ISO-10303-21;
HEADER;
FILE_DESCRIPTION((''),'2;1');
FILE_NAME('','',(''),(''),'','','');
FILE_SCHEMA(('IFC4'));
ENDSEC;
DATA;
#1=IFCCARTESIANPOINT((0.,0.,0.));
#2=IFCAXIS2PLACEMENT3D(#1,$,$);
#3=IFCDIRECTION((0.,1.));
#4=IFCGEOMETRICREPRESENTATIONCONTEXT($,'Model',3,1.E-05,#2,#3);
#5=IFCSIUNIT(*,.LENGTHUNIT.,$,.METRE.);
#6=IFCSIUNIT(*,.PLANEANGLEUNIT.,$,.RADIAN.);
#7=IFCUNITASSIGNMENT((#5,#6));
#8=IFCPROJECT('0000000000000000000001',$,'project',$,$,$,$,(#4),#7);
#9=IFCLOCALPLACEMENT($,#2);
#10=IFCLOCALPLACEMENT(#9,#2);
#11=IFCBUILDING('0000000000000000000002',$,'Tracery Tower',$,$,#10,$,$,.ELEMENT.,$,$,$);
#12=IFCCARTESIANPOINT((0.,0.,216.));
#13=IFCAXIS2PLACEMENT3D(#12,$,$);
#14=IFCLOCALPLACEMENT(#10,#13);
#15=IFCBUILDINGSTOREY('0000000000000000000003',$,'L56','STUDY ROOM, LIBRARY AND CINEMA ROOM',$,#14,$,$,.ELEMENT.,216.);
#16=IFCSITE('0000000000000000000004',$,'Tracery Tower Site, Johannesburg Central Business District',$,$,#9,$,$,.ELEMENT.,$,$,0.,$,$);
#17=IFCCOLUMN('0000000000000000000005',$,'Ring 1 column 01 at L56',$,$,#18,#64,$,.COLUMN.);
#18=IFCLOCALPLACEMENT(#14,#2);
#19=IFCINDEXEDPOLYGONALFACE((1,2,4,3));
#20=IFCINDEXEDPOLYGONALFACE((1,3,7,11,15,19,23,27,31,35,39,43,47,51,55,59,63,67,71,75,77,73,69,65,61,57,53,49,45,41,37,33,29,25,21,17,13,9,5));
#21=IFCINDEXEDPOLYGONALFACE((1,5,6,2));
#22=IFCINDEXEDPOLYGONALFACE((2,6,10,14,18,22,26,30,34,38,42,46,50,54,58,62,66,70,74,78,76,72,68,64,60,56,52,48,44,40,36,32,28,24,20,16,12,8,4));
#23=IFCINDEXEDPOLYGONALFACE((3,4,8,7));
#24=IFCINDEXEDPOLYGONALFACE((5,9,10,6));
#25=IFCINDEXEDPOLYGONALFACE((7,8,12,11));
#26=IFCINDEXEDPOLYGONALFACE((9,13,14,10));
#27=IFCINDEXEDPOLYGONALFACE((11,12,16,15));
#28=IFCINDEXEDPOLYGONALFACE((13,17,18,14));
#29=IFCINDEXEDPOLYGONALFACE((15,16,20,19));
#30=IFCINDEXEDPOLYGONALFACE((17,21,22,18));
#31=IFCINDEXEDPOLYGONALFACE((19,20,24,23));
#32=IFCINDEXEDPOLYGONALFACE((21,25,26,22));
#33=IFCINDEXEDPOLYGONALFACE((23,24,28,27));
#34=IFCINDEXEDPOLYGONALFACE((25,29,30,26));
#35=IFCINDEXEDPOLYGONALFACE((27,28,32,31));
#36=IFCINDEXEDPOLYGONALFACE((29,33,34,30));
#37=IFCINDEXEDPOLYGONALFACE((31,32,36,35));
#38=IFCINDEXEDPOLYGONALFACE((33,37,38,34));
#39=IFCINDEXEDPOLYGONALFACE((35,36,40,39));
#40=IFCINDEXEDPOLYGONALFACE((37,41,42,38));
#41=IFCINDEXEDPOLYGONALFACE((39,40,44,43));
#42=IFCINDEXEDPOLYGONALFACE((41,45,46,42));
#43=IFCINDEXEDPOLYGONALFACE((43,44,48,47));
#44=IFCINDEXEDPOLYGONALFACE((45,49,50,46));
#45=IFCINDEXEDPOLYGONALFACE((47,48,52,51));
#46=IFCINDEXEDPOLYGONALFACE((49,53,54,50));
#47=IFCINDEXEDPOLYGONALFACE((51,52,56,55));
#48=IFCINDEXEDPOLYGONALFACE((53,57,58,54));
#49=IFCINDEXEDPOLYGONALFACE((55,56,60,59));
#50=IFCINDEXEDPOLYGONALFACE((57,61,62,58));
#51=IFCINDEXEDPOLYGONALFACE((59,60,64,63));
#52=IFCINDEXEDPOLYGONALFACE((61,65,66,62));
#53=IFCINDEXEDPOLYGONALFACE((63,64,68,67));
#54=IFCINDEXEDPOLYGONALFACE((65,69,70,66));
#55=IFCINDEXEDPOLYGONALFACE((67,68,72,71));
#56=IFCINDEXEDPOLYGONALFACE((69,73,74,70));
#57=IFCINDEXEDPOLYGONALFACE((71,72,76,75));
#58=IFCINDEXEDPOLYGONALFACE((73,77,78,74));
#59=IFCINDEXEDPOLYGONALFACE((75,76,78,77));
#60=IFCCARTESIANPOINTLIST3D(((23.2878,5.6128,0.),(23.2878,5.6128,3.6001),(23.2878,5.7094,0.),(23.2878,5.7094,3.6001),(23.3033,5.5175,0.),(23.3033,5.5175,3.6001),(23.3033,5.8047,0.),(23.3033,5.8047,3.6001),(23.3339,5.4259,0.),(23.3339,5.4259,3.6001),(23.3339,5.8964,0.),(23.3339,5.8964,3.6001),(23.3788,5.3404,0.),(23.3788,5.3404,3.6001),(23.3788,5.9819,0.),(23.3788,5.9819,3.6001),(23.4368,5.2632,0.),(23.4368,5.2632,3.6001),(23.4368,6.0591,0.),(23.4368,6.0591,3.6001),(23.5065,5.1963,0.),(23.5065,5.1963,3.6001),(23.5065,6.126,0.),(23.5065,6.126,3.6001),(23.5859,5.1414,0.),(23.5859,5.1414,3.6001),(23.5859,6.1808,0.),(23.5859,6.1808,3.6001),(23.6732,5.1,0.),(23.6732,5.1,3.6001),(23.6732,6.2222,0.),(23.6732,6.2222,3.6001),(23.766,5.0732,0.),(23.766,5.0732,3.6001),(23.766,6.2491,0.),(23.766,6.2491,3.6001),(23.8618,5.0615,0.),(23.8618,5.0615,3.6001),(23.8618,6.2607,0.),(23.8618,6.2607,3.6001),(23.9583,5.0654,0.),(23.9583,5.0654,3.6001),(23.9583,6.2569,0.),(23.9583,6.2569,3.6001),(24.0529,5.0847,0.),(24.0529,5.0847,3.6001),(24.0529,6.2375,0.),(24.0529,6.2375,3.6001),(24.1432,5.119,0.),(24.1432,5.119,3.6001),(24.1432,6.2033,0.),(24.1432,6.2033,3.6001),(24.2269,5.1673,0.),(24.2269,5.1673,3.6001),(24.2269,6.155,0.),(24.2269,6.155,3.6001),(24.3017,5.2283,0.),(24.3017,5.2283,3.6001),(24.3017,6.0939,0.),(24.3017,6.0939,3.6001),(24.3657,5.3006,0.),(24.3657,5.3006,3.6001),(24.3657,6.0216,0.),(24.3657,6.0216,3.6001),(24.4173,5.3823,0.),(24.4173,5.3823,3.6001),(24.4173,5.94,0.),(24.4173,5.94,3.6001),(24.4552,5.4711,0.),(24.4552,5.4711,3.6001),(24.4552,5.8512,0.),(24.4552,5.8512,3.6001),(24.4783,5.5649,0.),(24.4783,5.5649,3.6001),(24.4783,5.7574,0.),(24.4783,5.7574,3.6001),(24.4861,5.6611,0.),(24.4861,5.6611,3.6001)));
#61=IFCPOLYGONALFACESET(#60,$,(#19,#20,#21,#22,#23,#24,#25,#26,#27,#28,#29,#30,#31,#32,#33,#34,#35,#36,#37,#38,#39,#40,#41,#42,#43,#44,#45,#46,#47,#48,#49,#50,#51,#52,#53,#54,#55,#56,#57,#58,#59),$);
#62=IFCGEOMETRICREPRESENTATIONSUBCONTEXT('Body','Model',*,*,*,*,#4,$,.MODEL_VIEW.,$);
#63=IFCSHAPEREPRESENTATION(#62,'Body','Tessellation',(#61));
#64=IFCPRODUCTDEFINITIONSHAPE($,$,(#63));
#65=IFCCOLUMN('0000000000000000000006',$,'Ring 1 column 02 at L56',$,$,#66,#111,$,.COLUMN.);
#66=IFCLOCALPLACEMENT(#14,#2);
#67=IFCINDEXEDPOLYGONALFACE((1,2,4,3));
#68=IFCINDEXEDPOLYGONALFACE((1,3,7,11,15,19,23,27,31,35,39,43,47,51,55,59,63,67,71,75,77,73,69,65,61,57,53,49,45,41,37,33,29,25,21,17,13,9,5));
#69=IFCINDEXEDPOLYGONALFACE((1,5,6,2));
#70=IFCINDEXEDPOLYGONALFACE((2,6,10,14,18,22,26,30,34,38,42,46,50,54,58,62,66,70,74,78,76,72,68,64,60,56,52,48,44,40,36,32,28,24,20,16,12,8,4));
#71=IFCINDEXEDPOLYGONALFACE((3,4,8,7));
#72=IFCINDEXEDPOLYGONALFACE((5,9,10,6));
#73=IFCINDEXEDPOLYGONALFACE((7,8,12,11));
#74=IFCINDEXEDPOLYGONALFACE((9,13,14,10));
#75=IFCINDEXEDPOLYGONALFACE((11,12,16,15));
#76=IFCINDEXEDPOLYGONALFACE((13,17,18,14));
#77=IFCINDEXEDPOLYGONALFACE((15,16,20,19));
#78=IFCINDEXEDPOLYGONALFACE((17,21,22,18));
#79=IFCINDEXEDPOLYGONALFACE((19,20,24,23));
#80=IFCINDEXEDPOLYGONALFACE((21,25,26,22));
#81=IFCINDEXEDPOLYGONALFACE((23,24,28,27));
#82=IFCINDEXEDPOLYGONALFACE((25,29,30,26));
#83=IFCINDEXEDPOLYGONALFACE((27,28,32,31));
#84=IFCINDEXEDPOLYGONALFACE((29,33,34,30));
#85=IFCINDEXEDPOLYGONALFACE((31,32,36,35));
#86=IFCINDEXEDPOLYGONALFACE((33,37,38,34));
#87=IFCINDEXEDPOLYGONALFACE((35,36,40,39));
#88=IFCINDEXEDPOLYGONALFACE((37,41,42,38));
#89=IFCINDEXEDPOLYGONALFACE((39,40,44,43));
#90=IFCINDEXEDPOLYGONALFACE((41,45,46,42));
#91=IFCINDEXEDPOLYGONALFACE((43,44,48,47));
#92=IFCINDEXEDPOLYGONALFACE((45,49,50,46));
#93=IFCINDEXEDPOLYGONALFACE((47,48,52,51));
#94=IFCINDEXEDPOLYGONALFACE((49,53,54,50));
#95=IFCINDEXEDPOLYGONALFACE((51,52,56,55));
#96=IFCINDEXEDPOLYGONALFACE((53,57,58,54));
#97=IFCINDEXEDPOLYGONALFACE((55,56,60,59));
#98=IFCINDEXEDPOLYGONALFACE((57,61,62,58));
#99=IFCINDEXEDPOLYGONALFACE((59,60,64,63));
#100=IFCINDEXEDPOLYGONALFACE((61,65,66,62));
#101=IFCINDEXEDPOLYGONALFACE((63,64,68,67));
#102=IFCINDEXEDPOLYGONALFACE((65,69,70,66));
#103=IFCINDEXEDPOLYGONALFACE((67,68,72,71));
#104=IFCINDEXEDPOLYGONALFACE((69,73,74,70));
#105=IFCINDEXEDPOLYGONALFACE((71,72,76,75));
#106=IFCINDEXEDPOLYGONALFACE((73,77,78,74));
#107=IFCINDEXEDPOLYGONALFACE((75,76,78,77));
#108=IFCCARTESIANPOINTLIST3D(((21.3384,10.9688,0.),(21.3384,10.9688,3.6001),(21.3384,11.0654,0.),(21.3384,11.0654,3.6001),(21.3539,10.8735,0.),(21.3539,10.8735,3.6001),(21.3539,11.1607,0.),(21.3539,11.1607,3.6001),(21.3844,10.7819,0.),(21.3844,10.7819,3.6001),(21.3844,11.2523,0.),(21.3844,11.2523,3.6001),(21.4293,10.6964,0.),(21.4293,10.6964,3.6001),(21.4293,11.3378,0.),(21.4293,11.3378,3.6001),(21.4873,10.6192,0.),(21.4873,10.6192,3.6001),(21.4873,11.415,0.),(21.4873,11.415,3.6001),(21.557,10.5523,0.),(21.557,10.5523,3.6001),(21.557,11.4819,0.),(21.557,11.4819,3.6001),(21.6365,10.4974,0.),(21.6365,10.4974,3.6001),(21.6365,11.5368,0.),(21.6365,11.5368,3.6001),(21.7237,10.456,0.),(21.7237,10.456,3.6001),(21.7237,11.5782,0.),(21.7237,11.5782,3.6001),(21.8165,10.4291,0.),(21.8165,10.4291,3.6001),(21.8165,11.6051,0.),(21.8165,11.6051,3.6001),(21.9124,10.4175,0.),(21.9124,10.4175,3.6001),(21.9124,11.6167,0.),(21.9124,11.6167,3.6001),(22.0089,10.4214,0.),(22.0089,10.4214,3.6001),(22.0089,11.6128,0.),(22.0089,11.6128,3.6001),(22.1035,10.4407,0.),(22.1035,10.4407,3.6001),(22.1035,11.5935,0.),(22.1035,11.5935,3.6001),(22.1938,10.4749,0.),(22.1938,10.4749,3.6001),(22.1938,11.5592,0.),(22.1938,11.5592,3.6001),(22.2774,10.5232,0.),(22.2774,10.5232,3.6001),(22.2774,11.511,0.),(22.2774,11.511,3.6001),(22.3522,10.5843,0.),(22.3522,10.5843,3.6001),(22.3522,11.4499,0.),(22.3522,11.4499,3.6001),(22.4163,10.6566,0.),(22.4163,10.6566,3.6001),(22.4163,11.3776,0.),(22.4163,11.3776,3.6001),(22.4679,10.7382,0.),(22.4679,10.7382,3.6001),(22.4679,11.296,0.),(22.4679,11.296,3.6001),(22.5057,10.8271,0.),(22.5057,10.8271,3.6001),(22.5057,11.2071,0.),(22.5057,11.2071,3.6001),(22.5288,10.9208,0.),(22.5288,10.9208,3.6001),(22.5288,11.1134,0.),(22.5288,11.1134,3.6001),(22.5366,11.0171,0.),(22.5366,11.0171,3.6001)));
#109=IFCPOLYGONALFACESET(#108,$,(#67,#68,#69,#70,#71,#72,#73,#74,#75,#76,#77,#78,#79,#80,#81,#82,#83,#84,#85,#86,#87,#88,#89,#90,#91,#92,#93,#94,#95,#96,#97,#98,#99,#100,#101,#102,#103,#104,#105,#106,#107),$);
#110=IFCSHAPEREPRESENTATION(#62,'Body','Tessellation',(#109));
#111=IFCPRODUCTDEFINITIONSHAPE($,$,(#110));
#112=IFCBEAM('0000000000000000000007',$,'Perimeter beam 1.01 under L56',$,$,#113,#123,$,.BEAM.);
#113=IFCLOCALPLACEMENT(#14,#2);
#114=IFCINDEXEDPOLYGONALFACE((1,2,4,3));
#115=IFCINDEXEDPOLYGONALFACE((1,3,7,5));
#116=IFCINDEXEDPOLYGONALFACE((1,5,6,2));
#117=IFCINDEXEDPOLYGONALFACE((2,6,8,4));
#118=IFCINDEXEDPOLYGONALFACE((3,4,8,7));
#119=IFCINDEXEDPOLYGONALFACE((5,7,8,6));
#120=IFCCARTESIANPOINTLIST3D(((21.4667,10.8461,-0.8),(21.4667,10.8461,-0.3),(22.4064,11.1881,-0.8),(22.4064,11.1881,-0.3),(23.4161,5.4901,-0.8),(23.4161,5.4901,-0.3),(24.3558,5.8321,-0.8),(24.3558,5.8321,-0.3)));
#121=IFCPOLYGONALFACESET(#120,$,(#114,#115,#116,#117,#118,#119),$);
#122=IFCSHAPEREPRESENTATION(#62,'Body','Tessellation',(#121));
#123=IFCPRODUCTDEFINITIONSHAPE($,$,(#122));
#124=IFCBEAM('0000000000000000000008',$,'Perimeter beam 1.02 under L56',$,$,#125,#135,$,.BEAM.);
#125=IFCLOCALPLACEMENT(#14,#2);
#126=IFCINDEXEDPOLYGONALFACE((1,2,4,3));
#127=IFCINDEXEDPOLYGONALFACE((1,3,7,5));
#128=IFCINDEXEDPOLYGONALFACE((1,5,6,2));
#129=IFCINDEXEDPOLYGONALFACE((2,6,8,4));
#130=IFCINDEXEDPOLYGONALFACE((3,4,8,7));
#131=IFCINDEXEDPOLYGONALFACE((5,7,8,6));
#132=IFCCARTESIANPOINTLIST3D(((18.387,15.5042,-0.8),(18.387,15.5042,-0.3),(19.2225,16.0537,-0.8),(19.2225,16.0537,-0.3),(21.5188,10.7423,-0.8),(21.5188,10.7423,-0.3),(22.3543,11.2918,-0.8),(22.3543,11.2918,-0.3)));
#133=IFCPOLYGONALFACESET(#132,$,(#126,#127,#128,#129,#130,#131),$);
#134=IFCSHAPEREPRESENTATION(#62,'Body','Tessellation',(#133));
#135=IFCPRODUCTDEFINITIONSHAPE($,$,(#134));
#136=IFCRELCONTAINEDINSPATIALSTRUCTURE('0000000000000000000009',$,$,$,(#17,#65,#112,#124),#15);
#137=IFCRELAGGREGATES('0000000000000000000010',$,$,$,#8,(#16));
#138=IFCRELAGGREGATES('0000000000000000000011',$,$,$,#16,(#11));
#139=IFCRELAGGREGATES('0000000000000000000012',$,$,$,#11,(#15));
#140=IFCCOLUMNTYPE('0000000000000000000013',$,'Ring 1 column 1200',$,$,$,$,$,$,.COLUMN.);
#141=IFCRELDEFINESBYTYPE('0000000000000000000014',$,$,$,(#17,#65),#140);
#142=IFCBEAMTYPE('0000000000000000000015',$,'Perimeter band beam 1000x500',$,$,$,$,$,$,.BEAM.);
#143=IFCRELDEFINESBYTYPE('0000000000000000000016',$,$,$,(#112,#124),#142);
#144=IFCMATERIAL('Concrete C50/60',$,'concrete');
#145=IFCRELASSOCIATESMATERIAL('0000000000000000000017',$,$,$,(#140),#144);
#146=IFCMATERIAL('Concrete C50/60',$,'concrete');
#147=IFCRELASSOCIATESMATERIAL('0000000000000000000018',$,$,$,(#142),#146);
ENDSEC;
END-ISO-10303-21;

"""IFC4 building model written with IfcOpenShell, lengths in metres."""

from ifc_helpers import new_model, si_unit, direction, frame, origin, origin_2d, place, context, subcontext, project, spatial, rectangle, circle, extrude, material, material_profile, profile_set, type_object, element, save


model = new_model("IFC4")

# Units and contexts
model_context = context("Model", 3, precision=1e-05, world=origin(), true_north=direction((0.0, 1.0)))
body_context = subcontext(model_context, "Body", "Model", "MODEL_VIEW")
ifc_project = project(units=[si_unit("LENGTHUNIT", "METRE"), si_unit("PLANEANGLEUNIT", "RADIAN")], contexts=[model_context])

# Site, building, storey
site_placement = place(None, origin())
site = spatial("IfcSite", under=ifc_project, at=site_placement, Name="Tracery Tower Site, Johannesburg Central Business District", CompositionType="ELEMENT", RefElevation=0.0)
building_placement = place(site_placement, origin())
building = spatial("IfcBuilding", under=site, at=building_placement, Name="Tracery Tower", CompositionType="ELEMENT")
storey_placement = place(building_placement, frame((0.0, 0.0, 216.0)))
storey = spatial("IfcBuildingStorey", under=building, at=storey_placement, Name="L56", Description="STUDY ROOM, LIBRARY AND CINEMA ROOM", CompositionType="ELEMENT", Elevation=216.0)

# Columns
ifc_material_1 = material(Name="Concrete C50/60", Category="concrete")
ifc_material_profile_1 = material_profile(ifc_material_1, circle(Radius=0.6001, at=origin_2d()), Name="RC D1200")
ifc_profile_set_1 = profile_set([ifc_material_profile_1], Name="Concrete C50/60")
column_type = type_object("IfcColumnType", Name="Ring 1 column 1200", PredefinedType="COLUMN", material=ifc_profile_set_1)
for number, where, z_axis, x_axis, name in (
    (1, (23.886, 5.6611, 0.0), (0.0, 0.0, 1.0), (1.0, 0.0, 0.0), "Ring 1 column 01 at L56"),
    (2, (21.9365, 11.0171, 0.0), (0.0, 0.0, 1.0), (1.0, 0.0, 0.0), "Ring 1 column 02 at L56"),
):
    element("IfcColumn", number, at=place(storey_placement, frame(where, z_axis=z_axis, x_axis=x_axis)), inside=storey, type_object=column_type, Name=name, PredefinedType="COLUMN", context=body_context, shape_type="SweptSolid", body=[
        extrude(circle(Radius=0.6001, at=origin_2d()), origin(), (0.0, 0.0, 1.0), 3.6001),
    ])

# Beams
ifc_material_2 = material(Name="Concrete C50/60", Category="concrete")
ifc_material_profile_2 = material_profile(ifc_material_2, rectangle(XDim=1.0, YDim=0.5, at=origin_2d()), Name="RC 1000x500")
ifc_profile_set_2 = profile_set([ifc_material_profile_2], Name="Concrete C50/60")
beam_type = type_object("IfcBeamType", Name="Perimeter band beam 1000x500", PredefinedType="BEAM", material=ifc_profile_set_2)
beam_1_placement = place(storey_placement, frame((23.886, 5.6611, -0.55), z_axis=(-0.342029, 0.93969, 0.0), x_axis=(-0.93969, -0.342029, 0.0)))
element("IfcBeam", 3, at=beam_1_placement, inside=storey, type_object=beam_type, Name="Perimeter beam 1.01 under L56", PredefinedType="BEAM", context=body_context, shape_type="SweptSolid", body=[
    extrude(rectangle(XDim=1.0, YDim=0.5, at=origin_2d()), origin(), (0.0, 0.0, 1.0), 5.6997),
])
beam_2_placement = place(storey_placement, frame((21.9365, 11.0171, -0.55), z_axis=(-0.54949, 0.8355, 0.0), x_axis=(-0.8355, -0.54949, 0.0)))
element("IfcBeam", 4, at=beam_2_placement, inside=storey, type_object=beam_type, Name="Perimeter beam 1.02 under L56", PredefinedType="BEAM", context=body_context, shape_type="SweptSolid", body=[
    extrude(rectangle(XDim=1.0, YDim=0.5, at=origin_2d()), origin(), (0.0, 0.0, 1.0), 5.6995),
])

save(model, "model.ifc")
